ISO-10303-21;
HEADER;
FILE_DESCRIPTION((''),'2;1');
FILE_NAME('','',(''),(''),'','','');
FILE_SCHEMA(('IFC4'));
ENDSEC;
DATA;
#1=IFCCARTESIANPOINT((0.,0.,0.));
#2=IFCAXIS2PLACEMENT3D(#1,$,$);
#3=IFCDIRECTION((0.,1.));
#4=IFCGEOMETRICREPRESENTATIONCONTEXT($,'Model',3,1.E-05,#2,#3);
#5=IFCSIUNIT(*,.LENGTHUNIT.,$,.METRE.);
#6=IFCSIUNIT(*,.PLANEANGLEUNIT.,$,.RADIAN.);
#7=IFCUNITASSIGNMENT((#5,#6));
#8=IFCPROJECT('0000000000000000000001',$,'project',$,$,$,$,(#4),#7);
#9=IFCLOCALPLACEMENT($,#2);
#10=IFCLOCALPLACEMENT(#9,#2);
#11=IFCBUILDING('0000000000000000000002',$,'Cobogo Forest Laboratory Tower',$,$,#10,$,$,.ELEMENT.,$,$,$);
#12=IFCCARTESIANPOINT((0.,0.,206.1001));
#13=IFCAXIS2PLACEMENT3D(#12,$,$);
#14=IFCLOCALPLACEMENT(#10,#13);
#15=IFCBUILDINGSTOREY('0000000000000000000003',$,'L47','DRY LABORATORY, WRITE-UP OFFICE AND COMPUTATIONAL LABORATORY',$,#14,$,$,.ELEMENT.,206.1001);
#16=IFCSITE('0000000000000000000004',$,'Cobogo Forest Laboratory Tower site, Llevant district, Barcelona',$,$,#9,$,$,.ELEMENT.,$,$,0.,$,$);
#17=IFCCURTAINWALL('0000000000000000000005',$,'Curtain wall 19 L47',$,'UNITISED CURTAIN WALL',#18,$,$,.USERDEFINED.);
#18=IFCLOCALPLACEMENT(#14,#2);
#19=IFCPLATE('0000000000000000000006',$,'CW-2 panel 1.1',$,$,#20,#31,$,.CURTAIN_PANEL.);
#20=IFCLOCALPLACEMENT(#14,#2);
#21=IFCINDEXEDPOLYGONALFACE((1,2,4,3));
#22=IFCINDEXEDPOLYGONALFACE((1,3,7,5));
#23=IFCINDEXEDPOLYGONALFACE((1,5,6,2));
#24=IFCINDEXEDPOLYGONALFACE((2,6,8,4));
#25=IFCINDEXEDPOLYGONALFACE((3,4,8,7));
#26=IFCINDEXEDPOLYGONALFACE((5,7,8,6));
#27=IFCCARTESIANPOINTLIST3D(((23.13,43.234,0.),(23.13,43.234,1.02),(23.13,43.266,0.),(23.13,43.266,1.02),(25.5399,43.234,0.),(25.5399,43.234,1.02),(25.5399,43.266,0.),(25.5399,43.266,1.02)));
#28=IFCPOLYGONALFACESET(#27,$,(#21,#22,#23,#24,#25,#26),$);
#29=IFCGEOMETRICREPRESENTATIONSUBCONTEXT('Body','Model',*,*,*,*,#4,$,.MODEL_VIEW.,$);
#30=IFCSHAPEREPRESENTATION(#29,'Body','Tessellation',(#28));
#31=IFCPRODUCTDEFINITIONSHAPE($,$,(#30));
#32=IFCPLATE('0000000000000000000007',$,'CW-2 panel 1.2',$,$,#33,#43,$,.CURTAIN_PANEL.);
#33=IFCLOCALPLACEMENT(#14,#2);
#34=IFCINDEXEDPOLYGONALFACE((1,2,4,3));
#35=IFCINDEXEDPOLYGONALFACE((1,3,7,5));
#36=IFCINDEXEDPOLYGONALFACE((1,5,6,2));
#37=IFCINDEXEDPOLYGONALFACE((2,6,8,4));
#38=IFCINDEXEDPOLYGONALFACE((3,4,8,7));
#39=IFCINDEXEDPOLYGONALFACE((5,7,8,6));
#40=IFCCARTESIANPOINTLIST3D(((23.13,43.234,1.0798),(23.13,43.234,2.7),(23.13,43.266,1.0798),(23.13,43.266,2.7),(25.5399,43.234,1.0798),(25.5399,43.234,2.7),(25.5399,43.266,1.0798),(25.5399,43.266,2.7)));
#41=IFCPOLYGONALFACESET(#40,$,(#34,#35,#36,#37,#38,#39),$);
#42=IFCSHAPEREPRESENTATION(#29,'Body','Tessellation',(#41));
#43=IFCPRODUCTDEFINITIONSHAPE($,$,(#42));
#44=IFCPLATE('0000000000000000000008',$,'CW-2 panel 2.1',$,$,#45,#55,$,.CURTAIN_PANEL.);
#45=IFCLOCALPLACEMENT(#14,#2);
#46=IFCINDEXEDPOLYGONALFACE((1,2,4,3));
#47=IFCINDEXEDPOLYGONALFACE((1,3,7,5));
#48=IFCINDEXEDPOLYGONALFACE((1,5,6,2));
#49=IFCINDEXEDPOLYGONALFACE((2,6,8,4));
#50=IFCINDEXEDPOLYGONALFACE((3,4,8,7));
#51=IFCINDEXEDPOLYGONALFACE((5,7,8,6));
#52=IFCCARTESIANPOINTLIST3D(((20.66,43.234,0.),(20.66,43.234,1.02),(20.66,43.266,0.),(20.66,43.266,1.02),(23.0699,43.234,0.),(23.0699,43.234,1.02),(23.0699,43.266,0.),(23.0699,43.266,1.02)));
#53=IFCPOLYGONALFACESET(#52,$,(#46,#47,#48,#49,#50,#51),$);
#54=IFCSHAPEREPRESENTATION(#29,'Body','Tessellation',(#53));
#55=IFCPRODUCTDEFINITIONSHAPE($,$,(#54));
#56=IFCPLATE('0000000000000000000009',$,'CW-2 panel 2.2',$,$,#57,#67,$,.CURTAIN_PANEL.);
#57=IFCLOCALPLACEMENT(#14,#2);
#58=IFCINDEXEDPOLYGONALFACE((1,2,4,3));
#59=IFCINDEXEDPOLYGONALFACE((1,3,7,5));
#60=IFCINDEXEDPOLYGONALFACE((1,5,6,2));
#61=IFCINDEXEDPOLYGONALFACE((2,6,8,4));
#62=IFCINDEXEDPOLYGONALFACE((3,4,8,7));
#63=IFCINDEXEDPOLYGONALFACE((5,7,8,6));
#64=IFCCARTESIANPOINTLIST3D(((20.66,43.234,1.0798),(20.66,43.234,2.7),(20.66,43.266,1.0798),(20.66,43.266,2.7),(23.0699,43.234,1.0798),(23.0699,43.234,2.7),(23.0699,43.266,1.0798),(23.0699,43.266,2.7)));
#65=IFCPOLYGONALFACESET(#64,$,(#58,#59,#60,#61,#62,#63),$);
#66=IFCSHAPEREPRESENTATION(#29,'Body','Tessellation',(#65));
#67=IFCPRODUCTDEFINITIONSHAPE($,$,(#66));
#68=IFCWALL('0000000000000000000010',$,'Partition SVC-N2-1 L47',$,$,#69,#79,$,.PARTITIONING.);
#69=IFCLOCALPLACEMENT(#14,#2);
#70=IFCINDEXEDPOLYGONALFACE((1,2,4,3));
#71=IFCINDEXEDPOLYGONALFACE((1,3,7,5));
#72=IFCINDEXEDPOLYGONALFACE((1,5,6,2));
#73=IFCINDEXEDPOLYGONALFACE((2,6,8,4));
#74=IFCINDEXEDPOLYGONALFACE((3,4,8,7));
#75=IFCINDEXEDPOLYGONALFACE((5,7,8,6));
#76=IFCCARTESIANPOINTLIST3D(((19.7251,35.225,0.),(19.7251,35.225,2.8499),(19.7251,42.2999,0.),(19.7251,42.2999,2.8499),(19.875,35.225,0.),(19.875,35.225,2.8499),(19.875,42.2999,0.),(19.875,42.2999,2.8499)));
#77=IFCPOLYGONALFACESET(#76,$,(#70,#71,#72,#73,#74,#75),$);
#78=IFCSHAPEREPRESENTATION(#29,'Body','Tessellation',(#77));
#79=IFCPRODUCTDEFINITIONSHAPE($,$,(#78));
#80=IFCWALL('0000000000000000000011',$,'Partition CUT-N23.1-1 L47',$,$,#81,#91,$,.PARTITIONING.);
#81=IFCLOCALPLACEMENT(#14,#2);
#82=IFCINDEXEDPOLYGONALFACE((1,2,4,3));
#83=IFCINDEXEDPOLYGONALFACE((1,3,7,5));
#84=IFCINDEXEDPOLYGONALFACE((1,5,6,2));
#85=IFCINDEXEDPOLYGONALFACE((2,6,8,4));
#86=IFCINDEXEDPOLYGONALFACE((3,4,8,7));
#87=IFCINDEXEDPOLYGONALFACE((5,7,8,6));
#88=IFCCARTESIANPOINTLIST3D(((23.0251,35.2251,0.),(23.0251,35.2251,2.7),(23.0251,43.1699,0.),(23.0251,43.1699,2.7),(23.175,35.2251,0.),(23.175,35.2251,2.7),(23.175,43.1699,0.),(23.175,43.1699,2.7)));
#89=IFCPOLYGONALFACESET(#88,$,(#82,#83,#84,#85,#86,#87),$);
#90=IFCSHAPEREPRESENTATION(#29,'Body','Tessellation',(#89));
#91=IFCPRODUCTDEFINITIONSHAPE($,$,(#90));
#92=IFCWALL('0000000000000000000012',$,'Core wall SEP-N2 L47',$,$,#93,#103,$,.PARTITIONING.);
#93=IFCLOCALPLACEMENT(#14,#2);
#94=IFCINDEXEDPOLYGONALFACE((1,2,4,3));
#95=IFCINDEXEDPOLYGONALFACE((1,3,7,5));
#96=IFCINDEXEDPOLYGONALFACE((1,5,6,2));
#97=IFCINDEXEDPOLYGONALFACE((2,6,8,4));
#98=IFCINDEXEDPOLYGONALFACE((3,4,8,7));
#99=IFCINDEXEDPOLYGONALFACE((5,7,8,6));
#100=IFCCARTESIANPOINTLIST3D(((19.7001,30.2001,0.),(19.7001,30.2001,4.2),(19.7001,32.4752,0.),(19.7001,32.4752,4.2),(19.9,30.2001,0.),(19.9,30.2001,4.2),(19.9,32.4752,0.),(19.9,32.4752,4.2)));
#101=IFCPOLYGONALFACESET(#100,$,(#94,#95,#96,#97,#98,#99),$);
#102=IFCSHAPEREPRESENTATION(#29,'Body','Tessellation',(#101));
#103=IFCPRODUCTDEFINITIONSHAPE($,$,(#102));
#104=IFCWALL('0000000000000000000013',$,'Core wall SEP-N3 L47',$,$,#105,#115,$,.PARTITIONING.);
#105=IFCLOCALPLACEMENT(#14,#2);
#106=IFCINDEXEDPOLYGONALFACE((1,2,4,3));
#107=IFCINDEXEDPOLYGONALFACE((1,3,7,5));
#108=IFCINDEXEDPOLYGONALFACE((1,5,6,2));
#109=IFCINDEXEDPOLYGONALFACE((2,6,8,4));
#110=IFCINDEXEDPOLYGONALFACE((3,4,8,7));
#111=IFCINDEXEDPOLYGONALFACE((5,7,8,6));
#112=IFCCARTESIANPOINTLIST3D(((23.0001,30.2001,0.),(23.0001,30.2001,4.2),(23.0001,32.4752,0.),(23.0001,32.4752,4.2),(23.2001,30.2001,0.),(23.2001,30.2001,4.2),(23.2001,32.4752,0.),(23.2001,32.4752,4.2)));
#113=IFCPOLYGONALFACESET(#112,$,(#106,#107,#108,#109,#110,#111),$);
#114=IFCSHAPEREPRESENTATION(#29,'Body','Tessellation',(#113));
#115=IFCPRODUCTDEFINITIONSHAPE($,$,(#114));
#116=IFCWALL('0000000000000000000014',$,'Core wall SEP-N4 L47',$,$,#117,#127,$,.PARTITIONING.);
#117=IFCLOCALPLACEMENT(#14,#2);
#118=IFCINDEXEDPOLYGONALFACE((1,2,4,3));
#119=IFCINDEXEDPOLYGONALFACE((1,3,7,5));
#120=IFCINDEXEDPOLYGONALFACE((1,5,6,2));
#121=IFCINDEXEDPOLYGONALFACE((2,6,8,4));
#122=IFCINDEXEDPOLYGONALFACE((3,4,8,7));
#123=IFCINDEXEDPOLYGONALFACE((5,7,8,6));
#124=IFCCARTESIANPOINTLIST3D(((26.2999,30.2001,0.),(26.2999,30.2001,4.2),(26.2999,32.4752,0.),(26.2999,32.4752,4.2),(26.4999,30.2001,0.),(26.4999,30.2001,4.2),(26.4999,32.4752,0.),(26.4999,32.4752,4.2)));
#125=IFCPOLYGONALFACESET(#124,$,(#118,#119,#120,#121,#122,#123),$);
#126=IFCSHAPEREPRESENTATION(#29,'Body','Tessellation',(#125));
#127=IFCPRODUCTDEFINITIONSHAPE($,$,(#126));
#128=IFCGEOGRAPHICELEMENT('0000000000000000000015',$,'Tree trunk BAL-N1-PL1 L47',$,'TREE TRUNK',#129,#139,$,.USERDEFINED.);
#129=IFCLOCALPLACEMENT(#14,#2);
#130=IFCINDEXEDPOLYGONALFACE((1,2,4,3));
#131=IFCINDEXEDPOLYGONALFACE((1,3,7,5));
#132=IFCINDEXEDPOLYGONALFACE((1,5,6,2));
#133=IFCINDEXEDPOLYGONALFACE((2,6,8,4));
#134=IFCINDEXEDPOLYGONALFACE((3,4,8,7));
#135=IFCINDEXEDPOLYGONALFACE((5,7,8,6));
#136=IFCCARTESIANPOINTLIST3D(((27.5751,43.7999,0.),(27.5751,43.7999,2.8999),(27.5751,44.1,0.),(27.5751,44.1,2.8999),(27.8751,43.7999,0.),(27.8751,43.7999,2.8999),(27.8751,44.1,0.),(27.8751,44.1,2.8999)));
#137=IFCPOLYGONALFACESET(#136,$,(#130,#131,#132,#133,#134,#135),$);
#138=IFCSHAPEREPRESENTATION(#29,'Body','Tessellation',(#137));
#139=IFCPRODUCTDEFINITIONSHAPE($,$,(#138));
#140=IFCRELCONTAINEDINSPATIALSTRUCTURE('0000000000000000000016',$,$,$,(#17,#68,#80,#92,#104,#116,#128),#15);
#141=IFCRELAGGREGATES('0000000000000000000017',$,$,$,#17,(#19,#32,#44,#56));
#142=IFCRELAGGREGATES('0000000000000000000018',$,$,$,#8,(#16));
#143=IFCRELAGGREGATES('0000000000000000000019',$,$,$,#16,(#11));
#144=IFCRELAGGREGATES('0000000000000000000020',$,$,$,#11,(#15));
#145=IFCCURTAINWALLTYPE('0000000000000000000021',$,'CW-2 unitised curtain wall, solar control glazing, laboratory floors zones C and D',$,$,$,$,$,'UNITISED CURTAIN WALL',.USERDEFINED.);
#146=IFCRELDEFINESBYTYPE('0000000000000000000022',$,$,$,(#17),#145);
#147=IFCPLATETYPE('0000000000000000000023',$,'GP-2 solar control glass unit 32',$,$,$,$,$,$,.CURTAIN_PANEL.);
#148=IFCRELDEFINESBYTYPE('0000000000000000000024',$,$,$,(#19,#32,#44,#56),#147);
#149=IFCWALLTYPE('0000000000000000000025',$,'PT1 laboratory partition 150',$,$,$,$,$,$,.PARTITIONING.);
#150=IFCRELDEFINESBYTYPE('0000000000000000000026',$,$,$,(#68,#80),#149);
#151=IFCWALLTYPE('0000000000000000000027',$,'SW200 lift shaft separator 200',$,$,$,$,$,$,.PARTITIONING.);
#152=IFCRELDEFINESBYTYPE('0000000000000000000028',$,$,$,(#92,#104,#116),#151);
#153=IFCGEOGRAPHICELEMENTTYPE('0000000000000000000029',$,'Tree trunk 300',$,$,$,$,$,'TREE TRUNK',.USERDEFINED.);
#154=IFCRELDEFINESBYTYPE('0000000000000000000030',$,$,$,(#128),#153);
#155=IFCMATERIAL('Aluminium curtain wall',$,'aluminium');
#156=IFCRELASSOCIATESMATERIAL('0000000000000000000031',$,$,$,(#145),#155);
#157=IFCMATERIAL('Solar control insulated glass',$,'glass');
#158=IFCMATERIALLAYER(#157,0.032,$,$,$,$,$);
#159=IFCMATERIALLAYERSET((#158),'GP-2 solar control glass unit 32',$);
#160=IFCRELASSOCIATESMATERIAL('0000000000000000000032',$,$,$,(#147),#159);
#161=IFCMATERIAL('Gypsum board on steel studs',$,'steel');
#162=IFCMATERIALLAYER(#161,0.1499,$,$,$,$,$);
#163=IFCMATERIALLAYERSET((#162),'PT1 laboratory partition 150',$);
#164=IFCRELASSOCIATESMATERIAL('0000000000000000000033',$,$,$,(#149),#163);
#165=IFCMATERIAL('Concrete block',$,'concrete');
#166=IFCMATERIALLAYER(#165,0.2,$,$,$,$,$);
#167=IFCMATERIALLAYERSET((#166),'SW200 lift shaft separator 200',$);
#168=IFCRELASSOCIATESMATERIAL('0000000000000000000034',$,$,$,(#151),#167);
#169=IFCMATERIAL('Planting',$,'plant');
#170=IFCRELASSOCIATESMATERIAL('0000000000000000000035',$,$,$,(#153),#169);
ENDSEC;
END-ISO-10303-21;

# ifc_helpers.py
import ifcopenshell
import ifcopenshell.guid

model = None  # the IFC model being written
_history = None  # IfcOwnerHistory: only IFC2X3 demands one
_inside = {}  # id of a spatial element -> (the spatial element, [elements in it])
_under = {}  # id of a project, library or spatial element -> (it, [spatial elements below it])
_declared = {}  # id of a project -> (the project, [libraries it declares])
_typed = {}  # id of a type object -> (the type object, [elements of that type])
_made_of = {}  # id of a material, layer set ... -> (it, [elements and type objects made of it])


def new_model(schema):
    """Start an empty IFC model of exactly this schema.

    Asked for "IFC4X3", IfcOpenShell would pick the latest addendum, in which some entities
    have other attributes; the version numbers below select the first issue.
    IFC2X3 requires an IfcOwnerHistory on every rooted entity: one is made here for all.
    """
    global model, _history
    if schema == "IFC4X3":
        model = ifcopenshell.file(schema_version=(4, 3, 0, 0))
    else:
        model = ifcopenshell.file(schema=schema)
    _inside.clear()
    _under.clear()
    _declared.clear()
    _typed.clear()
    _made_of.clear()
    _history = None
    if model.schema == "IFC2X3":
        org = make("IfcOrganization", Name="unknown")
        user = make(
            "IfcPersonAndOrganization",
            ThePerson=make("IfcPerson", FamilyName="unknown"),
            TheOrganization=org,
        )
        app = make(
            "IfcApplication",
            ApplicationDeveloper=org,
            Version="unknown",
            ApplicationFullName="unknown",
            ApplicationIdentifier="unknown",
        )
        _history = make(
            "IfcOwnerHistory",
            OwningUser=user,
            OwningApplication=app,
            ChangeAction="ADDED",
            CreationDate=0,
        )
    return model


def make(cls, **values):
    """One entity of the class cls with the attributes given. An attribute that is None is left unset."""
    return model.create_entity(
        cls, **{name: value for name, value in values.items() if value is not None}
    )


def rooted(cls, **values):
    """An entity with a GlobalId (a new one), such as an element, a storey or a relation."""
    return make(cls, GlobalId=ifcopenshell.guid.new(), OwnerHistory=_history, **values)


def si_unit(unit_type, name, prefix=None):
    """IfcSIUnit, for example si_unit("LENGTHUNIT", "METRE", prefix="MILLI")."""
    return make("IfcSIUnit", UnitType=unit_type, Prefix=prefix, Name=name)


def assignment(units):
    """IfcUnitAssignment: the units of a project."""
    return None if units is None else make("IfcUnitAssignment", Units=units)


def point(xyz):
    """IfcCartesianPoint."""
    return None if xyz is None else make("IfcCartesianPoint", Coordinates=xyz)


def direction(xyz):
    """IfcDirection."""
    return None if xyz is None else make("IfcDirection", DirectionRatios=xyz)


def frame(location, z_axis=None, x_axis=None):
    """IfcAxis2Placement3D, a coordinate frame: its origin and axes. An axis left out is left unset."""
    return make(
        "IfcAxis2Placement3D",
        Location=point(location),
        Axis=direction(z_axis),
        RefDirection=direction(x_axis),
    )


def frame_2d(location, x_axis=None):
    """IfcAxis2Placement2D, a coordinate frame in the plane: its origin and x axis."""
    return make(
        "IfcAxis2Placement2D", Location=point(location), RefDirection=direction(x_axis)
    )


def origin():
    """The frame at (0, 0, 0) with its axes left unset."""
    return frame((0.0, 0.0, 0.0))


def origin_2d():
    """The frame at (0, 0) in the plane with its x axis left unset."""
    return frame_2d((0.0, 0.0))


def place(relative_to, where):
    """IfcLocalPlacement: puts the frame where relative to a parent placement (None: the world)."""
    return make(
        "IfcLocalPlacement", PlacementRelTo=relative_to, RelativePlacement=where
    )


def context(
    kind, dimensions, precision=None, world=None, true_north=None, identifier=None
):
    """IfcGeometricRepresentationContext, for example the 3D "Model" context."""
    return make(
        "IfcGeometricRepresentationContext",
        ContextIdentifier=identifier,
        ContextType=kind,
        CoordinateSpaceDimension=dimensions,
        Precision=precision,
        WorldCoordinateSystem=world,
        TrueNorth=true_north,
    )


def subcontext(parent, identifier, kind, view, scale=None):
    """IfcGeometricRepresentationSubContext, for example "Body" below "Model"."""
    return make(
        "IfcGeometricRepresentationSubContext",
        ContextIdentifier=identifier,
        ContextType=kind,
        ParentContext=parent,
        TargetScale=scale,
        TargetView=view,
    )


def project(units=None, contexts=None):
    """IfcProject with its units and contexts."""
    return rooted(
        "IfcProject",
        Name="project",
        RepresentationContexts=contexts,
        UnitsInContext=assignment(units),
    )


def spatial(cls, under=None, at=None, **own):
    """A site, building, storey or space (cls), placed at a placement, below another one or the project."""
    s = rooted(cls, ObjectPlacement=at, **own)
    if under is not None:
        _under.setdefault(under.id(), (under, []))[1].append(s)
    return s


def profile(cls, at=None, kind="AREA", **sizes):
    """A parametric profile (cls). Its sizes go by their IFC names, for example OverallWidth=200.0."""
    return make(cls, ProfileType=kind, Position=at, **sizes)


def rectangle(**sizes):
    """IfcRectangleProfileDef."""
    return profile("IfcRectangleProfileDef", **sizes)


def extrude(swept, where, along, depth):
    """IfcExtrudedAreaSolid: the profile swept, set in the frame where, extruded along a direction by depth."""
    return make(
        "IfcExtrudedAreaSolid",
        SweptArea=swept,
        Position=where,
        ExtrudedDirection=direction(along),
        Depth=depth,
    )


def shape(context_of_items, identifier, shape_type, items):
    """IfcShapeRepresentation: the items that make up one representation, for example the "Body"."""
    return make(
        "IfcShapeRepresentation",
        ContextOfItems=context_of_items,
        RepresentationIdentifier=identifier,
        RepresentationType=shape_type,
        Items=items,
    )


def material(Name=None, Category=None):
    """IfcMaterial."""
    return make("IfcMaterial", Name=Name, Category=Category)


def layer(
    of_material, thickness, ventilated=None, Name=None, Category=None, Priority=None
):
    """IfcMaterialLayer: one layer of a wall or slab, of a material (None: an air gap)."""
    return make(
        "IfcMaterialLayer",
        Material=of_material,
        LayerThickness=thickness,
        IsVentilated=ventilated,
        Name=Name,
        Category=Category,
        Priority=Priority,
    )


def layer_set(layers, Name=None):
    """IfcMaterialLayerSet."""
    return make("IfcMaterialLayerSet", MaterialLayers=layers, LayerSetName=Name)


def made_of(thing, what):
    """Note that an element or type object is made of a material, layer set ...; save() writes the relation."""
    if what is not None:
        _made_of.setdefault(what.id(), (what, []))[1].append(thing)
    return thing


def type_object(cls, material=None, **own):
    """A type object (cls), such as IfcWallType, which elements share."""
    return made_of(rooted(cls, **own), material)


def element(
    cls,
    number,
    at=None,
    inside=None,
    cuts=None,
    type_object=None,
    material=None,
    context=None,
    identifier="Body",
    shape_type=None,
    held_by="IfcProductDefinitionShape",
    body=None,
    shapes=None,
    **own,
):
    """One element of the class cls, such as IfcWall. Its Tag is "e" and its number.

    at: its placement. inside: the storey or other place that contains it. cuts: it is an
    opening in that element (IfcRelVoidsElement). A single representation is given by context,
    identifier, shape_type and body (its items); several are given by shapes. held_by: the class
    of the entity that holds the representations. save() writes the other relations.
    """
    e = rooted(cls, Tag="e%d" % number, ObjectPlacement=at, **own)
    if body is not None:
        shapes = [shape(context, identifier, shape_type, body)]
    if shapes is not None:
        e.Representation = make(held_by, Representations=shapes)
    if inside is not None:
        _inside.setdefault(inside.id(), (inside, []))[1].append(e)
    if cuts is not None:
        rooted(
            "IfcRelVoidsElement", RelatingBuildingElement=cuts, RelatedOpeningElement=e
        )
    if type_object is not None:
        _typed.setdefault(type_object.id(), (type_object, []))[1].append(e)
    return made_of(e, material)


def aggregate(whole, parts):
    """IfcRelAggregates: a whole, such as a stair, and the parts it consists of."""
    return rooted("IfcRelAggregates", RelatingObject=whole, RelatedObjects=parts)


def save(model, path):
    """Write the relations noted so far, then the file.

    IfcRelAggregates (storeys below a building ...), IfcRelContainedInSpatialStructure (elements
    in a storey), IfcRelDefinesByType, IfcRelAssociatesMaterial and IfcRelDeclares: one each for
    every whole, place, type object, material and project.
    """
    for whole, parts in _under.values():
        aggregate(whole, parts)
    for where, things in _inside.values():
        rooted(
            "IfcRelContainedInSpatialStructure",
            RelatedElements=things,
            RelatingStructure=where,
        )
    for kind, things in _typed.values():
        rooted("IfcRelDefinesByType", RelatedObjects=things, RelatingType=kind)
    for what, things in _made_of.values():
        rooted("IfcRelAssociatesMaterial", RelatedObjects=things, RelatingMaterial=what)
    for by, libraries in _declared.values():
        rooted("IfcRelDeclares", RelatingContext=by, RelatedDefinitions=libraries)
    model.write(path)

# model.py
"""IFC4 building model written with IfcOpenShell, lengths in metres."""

from ifc_helpers import new_model, si_unit, direction, frame, frame_2d, origin, origin_2d, place, context, subcontext, project, spatial, rectangle, extrude, material, layer, layer_set, type_object, element, aggregate, save


model = new_model("IFC4")

# Units and contexts
model_context = context("Model", 3, precision=1e-05, world=origin(), true_north=direction((0.0, 1.0)))
body_context = subcontext(model_context, "Body", "Model", "MODEL_VIEW")
ifc_project = project(units=[si_unit("LENGTHUNIT", "METRE"), si_unit("PLANEANGLEUNIT", "RADIAN")], contexts=[model_context])

# Site, building, storey
site_placement = place(None, origin())
site = spatial("IfcSite", under=ifc_project, at=site_placement, Name="Cobogo Forest Laboratory Tower site, Llevant district, Barcelona", CompositionType="ELEMENT", RefElevation=0.0)
building_placement = place(site_placement, origin())
building = spatial("IfcBuilding", under=site, at=building_placement, Name="Cobogo Forest Laboratory Tower", CompositionType="ELEMENT")
storey_placement = place(building_placement, frame((0.0, 0.0, 206.1001)))
storey = spatial("IfcBuildingStorey", under=building, at=storey_placement, Name="L47", Description="DRY LABORATORY, WRITE-UP OFFICE AND COMPUTATIONAL LABORATORY", CompositionType="ELEMENT", Elevation=206.1001)

# Curtain wall
ifc_material_1 = material(Name="Aluminium curtain wall", Category="aluminium")
curtain_wall_type = type_object("IfcCurtainWallType", Name="CW-2 unitised curtain wall, solar control glazing, laboratory floors zones C and D", ElementType="UNITISED CURTAIN WALL", PredefinedType="USERDEFINED", material=ifc_material_1)
curtain_wall_1_placement = place(storey_placement, origin())
curtain_wall_1 = element("IfcCurtainWall", 1, at=curtain_wall_1_placement, inside=storey, type_object=curtain_wall_type, Name="Curtain wall 19 L47", ObjectType="UNITISED CURTAIN WALL", PredefinedType="USERDEFINED")

# Plates
ifc_material_2 = material(Name="Solar control insulated glass", Category="glass")
ifc_layer_1 = layer(ifc_material_2, 0.032)
ifc_layer_set_1 = layer_set([ifc_layer_1], Name="GP-2 solar control glass unit 32")
plate_type_1 = type_object("IfcPlateType", Name="GP-2 solar control glass unit 32", PredefinedType="CURTAIN_PANEL", material=ifc_layer_set_1)
plate_1_placement = place(storey_placement, frame((24.335, 43.25, 0.0), z_axis=(0.0, 0.0, 1.0), x_axis=(-1.0, 0.0, 0.0)))
plate_1 = element("IfcPlate", 2, at=plate_1_placement, type_object=plate_type_1, Name="CW-2 panel 1.1", PredefinedType="CURTAIN_PANEL", context=body_context, shape_type="SweptSolid", body=[
    extrude(rectangle(XDim=2.4099, YDim=0.032, at=origin_2d()), origin(), (0.0, 0.0, 1.0), 1.02),
])
plate_2_placement = place(storey_placement, frame((24.335, 43.25, 1.0798), z_axis=(0.0, 0.0, 1.0), x_axis=(-1.0, 0.0, 0.0)))
plate_2 = element("IfcPlate", 3, at=plate_2_placement, type_object=plate_type_1, Name="CW-2 panel 1.2", PredefinedType="CURTAIN_PANEL", context=body_context, shape_type="SweptSolid", body=[
    extrude(rectangle(XDim=2.4099, YDim=0.032, at=origin_2d()), origin(), (0.0, 0.0, 1.0), 1.6201),
])
plate_3_placement = place(storey_placement, frame((21.865, 43.25, 0.0), z_axis=(0.0, 0.0, 1.0), x_axis=(-1.0, 0.0, 0.0)))
plate_3 = element("IfcPlate", 4, at=plate_3_placement, type_object=plate_type_1, Name="CW-2 panel 2.1", PredefinedType="CURTAIN_PANEL", context=body_context, shape_type="SweptSolid", body=[
    extrude(rectangle(XDim=2.4099, YDim=0.032, at=origin_2d()), origin(), (0.0, 0.0, 1.0), 1.02),
])
plate_4_placement = place(storey_placement, frame((21.865, 43.25, 1.0798), z_axis=(0.0, 0.0, 1.0), x_axis=(-1.0, 0.0, 0.0)))
plate_4 = element("IfcPlate", 5, at=plate_4_placement, type_object=plate_type_1, Name="CW-2 panel 2.2", PredefinedType="CURTAIN_PANEL", context=body_context, shape_type="SweptSolid", body=[
    extrude(rectangle(XDim=2.4099, YDim=0.032, at=origin_2d()), origin(), (0.0, 0.0, 1.0), 1.6201),
])
aggregate(curtain_wall_1, [plate_1, plate_2, plate_3, plate_4])

# Walls
ifc_material_3 = material(Name="Gypsum board on steel studs", Category="steel")
ifc_layer_2 = layer(ifc_material_3, 0.1499)
ifc_layer_set_2 = layer_set([ifc_layer_2], Name="PT1 laboratory partition 150")
wall_type_1 = type_object("IfcWallType", Name="PT1 laboratory partition 150", PredefinedType="PARTITIONING", material=ifc_layer_set_2)
wall_1_placement = place(storey_placement, frame((19.8, 42.3, 0.0), z_axis=(0.0, 0.0, 1.0), x_axis=(0.0, -1.0, 0.0)))
element("IfcWall", 6, at=wall_1_placement, inside=storey, type_object=wall_type_1, Name="Partition SVC-N2-1 L47", PredefinedType="PARTITIONING", context=body_context, shape_type="SweptSolid", body=[
    extrude(rectangle(XDim=7.075, YDim=0.1499, at=frame_2d((3.5376, 0.0))), origin(), (0.0, 0.0, 1.0), 2.8499),
])
wall_2_placement = place(storey_placement, frame((23.1001, 43.1699, 0.0), z_axis=(0.0, 0.0, 1.0), x_axis=(0.0, -1.0, 0.0)))
element("IfcWall", 7, at=wall_2_placement, inside=storey, type_object=wall_type_1, Name="Partition CUT-N23.1-1 L47", PredefinedType="PARTITIONING", context=body_context, shape_type="SweptSolid", body=[
    extrude(rectangle(XDim=7.9448, YDim=0.1499, at=frame_2d((3.9724, 0.0))), origin(), (0.0, 0.0, 1.0), 2.7),
])
ifc_material_4 = material(Name="Concrete block", Category="concrete")
ifc_layer_3 = layer(ifc_material_4, 0.2)
ifc_layer_set_3 = layer_set([ifc_layer_3], Name="SW200 lift shaft separator 200")
wall_type_2 = type_object("IfcWallType", Name="SW200 lift shaft separator 200", PredefinedType="PARTITIONING", material=ifc_layer_set_3)
for number, where, z_axis, x_axis, name in (
    (8, (19.8, 30.2, 0.0), (0.0, 0.0, 1.0), (0.0, 1.0, 0.0), "Core wall SEP-N2 L47"),
    (9, (23.1001, 30.2, 0.0), (0.0, 0.0, 1.0), (0.0, 1.0, 0.0), "Core wall SEP-N3 L47"),
    (10, (26.3999, 30.2, 0.0), (0.0, 0.0, 1.0), (0.0, 1.0, 0.0), "Core wall SEP-N4 L47"),
):
    element("IfcWall", number, at=place(storey_placement, frame(where, z_axis=z_axis, x_axis=x_axis)), inside=storey, type_object=wall_type_2, Name=name, PredefinedType="PARTITIONING", context=body_context, shape_type="SweptSolid", body=[
        extrude(rectangle(XDim=2.2751, YDim=0.2, at=frame_2d((1.1377, 0.0))), origin(), (0.0, 0.0, 1.0), 4.2),
    ])

# Geographic element
ifc_material_5 = material(Name="Planting", Category="plant")
geographic_element_type = type_object("IfcGeographicElementType", Name="Tree trunk 300", ElementType="TREE TRUNK", PredefinedType="USERDEFINED", material=ifc_material_5)
geographic_element_placement = place(storey_placement, frame((27.7251, 43.95, 0.0), z_axis=(0.0, 0.0, 1.0), x_axis=(1.0, 0.0, 0.0)))
element("IfcGeographicElement", 11, at=geographic_element_placement, inside=storey, type_object=geographic_element_type, Name="Tree trunk BAL-N1-PL1 L47", ObjectType="TREE TRUNK", PredefinedType="USERDEFINED", context=body_context, shape_type="SweptSolid", body=[
    extrude(rectangle(XDim=0.3, YDim=0.3, at=origin_2d()), origin(), (0.0, 0.0, 1.0), 2.8999),
])

save(model, "model.ifc")
